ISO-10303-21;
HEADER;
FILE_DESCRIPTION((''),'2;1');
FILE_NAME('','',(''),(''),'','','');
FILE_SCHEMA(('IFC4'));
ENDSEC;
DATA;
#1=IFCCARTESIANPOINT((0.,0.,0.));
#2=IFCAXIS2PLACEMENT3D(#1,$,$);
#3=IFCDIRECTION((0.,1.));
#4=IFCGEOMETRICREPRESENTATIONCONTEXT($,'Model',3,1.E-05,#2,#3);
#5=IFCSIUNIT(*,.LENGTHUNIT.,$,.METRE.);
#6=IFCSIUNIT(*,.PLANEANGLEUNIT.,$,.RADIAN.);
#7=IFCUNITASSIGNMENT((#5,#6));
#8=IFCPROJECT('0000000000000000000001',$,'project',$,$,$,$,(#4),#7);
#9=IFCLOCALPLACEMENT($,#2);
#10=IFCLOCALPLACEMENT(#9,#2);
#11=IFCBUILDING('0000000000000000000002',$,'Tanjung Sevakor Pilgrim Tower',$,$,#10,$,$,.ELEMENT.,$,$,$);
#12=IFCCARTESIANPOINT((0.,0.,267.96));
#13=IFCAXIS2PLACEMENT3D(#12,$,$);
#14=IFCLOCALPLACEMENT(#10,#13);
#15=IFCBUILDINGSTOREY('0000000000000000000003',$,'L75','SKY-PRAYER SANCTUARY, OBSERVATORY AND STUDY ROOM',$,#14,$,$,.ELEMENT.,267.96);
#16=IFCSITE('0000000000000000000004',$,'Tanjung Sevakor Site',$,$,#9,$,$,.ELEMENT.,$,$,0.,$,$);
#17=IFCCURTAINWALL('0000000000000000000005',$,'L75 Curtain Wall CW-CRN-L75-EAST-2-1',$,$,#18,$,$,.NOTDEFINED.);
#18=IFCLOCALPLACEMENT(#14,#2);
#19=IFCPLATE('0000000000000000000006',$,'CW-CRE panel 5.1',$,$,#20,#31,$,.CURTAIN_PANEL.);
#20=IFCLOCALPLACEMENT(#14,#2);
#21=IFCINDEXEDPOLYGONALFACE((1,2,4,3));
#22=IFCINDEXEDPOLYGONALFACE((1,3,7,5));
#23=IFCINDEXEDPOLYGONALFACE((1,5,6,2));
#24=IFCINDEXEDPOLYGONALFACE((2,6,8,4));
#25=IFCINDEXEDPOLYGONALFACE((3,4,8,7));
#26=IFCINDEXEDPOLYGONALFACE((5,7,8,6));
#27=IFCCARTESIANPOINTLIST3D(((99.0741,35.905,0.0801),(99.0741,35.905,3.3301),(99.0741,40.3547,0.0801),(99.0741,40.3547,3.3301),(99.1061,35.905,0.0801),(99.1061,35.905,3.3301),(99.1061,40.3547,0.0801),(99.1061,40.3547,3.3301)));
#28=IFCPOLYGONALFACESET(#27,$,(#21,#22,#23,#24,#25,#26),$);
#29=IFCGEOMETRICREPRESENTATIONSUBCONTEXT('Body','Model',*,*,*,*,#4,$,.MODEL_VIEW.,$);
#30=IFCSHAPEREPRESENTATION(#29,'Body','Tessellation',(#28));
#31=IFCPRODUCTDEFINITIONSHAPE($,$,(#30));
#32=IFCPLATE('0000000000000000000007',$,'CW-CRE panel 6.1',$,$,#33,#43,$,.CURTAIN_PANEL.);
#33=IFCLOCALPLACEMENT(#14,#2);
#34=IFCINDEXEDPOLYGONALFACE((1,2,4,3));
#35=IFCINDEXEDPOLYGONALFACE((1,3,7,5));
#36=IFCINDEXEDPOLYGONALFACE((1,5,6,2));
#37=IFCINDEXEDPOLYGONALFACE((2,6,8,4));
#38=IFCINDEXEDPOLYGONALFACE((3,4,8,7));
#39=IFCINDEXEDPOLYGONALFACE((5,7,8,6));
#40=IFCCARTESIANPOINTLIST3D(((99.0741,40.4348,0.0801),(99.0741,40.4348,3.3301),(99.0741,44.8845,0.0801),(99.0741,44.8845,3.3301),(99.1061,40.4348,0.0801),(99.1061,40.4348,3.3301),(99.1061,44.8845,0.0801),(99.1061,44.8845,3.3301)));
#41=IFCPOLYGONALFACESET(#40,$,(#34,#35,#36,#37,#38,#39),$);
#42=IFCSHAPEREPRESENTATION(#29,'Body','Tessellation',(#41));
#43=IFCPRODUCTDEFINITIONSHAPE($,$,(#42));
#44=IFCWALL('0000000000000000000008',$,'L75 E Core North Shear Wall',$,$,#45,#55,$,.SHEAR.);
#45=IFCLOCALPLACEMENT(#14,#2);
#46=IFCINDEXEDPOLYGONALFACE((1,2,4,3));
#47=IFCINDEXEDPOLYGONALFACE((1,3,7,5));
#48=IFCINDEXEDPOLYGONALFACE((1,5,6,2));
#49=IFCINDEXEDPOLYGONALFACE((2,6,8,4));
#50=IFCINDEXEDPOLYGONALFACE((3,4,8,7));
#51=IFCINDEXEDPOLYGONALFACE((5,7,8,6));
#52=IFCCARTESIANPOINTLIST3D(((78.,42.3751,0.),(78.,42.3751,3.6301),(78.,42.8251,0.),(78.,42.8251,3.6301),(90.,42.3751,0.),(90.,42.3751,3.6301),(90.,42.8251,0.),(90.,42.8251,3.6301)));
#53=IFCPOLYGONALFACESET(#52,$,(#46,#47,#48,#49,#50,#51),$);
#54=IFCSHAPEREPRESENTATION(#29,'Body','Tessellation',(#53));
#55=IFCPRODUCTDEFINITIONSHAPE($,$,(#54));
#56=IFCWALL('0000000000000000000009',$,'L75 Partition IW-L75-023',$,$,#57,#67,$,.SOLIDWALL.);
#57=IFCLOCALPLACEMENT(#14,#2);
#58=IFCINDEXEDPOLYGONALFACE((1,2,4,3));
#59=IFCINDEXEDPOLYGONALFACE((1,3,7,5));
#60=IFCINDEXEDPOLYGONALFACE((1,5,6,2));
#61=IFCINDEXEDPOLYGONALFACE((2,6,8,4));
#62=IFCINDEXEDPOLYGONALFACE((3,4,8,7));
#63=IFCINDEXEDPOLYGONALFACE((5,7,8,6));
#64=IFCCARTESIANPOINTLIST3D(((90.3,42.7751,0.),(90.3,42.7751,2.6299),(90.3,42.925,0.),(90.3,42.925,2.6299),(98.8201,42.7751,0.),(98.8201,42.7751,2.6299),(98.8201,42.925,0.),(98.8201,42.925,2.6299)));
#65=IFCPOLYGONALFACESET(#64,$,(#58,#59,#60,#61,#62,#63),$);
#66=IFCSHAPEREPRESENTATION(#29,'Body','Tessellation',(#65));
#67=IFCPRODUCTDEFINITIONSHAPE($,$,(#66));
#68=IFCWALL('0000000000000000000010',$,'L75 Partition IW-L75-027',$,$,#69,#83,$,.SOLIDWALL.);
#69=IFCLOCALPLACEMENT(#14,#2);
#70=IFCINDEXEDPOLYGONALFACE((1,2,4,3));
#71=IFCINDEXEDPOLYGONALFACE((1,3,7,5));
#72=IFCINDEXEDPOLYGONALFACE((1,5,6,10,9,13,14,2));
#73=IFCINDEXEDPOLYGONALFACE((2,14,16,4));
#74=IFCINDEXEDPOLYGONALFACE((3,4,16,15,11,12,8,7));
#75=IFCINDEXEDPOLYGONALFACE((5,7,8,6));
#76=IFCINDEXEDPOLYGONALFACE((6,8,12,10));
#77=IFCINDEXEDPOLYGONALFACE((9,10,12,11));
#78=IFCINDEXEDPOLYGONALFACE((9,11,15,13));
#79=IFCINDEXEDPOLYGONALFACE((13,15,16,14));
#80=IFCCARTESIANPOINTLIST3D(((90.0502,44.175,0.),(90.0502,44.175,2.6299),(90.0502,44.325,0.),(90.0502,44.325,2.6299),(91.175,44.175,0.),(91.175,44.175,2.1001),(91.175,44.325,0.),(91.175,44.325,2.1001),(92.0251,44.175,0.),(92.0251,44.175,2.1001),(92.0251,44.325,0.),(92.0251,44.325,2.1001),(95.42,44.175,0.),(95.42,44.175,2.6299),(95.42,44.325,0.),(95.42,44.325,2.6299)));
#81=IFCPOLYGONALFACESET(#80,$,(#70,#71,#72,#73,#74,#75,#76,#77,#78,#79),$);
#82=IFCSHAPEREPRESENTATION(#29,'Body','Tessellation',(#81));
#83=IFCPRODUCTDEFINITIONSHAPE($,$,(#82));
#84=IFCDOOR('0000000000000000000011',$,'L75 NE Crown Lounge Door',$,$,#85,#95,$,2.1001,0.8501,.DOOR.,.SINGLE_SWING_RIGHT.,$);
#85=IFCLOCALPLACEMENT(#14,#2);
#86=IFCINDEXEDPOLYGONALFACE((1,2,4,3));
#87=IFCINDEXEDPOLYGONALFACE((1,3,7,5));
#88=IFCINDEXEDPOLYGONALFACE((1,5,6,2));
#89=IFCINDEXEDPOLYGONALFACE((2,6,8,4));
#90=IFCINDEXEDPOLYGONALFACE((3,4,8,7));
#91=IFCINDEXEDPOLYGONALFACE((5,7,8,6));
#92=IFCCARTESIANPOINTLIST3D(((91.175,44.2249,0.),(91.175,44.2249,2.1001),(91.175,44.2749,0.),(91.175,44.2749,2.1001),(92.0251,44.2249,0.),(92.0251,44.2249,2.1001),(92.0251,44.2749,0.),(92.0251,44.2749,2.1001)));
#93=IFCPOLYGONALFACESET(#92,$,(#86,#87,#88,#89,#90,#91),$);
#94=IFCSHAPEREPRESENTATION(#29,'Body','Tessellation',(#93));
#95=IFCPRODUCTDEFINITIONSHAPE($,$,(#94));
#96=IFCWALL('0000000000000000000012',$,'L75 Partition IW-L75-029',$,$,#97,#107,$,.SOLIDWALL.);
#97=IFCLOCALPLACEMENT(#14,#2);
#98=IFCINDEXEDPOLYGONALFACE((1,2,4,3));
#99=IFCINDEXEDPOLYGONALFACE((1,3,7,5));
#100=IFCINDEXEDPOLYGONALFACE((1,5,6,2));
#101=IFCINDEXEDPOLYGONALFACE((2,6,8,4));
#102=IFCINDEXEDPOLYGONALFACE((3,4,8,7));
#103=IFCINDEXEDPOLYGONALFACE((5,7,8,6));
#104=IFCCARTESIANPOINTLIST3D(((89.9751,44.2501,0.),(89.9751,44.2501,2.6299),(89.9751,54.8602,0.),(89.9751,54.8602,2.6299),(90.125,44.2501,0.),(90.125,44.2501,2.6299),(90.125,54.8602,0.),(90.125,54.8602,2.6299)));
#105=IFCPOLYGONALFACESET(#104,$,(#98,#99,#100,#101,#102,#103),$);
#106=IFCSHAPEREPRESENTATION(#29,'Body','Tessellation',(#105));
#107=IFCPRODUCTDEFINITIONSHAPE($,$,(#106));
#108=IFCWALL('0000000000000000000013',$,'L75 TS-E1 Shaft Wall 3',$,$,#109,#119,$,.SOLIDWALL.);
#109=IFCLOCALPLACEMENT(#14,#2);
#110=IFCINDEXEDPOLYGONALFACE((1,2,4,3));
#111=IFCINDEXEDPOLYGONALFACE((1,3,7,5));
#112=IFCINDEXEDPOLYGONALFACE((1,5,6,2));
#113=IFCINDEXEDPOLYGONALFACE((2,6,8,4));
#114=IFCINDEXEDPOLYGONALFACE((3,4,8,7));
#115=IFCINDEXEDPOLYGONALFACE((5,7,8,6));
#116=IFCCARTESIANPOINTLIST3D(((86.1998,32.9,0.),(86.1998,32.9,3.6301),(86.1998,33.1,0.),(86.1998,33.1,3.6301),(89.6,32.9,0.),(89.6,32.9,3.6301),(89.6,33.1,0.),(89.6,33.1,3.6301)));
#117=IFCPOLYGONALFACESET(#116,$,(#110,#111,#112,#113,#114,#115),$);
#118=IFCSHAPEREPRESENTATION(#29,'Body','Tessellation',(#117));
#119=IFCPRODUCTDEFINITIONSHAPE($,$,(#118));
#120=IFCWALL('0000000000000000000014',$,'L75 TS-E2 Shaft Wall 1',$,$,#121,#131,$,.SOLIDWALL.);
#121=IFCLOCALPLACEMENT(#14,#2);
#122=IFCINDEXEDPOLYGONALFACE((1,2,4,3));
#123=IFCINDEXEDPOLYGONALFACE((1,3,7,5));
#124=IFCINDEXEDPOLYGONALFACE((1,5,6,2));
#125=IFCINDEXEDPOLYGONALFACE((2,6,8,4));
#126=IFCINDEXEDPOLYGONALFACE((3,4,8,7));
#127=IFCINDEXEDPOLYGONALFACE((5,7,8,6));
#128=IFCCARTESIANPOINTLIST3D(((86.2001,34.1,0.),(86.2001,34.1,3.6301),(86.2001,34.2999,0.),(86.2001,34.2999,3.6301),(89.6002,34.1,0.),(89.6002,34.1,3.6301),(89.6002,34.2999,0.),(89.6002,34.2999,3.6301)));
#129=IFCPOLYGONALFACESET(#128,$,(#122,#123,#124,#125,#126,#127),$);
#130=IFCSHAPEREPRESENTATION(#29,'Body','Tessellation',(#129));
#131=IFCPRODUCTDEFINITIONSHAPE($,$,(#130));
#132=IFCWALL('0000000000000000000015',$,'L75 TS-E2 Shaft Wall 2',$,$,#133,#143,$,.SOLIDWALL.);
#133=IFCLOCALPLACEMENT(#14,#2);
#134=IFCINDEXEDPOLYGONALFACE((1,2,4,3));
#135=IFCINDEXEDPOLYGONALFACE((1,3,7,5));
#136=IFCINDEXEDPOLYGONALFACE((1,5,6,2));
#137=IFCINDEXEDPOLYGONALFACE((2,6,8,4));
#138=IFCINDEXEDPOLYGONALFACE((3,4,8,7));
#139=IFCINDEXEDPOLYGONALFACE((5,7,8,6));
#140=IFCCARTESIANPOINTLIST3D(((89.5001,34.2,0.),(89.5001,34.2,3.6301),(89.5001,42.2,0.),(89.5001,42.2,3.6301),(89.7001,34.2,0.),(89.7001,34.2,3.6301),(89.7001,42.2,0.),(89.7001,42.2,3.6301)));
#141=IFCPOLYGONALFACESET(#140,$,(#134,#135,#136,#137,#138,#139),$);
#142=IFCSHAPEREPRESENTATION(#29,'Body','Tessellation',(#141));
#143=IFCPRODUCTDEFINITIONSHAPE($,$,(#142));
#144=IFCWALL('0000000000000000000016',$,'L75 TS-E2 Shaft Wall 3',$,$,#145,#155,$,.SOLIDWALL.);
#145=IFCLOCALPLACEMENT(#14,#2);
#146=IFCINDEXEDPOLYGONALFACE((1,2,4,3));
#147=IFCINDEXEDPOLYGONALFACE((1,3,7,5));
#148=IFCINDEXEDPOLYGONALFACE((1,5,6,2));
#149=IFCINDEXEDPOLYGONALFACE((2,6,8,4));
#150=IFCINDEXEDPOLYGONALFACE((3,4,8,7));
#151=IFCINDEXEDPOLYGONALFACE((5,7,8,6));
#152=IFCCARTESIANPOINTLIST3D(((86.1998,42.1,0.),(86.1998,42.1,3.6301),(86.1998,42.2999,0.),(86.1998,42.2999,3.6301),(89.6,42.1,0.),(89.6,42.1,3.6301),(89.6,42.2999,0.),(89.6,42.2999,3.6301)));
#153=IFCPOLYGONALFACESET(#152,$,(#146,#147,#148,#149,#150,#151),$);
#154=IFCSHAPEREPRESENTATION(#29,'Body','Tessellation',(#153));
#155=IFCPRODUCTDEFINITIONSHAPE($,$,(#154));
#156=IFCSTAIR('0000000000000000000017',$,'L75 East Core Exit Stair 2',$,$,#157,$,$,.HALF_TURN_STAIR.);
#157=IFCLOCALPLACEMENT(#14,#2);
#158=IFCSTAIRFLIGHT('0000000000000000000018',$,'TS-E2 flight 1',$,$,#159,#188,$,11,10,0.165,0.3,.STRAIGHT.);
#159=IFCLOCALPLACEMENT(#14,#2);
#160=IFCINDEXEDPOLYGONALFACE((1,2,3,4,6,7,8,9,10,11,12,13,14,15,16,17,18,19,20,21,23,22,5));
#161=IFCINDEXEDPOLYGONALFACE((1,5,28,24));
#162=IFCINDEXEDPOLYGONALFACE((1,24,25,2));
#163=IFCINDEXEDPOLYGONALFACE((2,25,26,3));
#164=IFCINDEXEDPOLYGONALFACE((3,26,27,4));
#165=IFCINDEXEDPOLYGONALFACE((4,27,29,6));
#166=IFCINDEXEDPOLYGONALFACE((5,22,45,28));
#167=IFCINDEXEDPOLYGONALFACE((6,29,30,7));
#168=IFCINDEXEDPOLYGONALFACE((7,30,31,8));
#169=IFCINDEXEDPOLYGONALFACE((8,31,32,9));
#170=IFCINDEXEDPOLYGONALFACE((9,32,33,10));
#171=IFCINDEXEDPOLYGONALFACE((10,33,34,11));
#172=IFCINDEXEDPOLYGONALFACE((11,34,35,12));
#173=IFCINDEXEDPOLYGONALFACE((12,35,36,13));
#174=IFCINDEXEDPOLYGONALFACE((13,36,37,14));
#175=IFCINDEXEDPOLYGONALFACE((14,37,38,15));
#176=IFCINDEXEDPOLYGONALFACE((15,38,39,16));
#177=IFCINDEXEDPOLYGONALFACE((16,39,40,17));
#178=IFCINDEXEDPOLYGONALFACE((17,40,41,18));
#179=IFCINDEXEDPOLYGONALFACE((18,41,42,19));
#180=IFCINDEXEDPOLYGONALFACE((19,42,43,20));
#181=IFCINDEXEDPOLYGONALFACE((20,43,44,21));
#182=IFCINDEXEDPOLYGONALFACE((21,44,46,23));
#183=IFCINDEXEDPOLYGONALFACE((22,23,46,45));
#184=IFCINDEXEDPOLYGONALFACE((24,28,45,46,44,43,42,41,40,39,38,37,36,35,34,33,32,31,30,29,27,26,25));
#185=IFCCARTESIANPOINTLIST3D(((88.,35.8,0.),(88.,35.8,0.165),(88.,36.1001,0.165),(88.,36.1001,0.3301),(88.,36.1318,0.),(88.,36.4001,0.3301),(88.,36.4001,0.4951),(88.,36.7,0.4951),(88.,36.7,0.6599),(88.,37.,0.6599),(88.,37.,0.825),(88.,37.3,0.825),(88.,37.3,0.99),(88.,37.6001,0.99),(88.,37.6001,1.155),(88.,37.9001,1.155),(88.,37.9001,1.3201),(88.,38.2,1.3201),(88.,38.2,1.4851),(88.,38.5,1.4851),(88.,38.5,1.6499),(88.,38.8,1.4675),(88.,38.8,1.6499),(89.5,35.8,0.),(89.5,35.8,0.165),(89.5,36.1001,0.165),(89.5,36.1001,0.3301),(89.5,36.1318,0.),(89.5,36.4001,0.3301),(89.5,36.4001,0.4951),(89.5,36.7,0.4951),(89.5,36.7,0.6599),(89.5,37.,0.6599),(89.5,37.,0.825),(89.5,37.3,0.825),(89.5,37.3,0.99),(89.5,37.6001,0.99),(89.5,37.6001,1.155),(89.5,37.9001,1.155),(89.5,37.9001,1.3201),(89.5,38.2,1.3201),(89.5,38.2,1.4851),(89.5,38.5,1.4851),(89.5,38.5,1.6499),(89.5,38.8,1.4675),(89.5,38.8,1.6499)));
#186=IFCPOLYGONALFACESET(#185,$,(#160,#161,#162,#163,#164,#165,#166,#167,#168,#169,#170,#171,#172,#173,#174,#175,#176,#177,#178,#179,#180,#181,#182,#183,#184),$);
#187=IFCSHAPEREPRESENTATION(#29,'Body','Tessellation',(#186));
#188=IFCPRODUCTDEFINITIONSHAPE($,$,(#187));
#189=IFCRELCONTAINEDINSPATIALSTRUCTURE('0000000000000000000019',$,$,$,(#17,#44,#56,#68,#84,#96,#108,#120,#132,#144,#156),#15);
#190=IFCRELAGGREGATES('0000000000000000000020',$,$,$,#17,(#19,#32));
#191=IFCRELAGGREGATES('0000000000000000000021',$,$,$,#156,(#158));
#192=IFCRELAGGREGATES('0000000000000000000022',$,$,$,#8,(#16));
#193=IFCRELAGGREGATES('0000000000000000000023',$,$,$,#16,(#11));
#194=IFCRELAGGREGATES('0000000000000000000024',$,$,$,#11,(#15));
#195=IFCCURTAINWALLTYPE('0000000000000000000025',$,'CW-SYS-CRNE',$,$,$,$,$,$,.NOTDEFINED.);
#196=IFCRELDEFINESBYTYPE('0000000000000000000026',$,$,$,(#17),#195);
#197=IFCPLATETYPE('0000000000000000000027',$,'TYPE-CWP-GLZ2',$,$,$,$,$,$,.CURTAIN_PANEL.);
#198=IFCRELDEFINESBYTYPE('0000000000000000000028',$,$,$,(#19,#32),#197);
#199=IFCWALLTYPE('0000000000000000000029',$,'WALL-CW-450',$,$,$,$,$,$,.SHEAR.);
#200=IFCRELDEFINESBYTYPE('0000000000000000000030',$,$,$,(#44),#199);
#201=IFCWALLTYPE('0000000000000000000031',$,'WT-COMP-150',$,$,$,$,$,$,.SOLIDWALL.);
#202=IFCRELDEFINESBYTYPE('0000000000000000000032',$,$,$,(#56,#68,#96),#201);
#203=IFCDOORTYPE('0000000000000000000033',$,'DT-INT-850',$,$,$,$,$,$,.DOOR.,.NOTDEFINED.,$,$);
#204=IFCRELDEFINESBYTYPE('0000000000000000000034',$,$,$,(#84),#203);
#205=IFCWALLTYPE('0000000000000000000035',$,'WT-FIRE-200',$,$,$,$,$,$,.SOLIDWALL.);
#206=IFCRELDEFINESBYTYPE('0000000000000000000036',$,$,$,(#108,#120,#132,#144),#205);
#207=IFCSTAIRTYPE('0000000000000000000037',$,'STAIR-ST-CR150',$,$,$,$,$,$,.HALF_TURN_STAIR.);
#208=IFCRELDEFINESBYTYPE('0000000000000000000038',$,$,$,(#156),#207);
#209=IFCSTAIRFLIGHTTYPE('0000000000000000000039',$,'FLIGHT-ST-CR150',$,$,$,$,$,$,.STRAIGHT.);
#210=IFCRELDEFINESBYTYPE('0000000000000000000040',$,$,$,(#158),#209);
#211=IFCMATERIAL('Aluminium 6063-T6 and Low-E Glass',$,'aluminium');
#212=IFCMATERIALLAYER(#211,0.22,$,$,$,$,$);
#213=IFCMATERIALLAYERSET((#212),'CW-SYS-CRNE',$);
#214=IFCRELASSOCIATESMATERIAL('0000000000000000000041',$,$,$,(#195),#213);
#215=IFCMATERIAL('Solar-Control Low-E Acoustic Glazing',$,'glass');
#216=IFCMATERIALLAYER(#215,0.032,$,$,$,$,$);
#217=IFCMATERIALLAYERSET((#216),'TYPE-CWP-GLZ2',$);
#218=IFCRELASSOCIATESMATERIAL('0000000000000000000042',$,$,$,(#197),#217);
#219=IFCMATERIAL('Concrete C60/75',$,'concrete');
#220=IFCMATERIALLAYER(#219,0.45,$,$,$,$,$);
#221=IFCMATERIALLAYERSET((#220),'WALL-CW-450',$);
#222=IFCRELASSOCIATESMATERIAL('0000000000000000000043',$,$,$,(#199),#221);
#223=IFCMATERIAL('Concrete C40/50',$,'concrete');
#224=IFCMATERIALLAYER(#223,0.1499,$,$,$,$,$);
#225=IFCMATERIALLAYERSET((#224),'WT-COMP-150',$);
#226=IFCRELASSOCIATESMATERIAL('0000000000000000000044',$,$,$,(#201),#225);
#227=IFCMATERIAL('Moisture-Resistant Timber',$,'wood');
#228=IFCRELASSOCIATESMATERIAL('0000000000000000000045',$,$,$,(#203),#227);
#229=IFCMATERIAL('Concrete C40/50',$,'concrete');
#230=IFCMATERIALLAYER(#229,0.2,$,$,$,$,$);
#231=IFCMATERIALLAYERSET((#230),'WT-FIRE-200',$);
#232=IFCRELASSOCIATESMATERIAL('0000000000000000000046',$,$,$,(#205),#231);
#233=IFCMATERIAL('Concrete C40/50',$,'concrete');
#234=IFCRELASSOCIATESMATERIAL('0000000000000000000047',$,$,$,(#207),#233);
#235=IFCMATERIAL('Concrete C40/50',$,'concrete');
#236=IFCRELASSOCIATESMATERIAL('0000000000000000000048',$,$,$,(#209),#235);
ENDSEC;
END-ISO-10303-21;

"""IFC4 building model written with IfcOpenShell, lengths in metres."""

from ifc_helpers import new_model, si_unit, direction, frame, frame_2d, origin, origin_2d, place, context, subcontext, project, spatial, polyline, rectangle, outline, extrude, material, layer, layer_set, type_object, element, fill, aggregate, save


model = new_model("IFC4")

# Units and contexts
model_context = context("Model", 3, precision=1e-05, world=origin(), true_north=direction((0.0, 1.0)))
body_context = subcontext(model_context, "Body", "Model", "MODEL_VIEW")
ifc_project = project(units=[si_unit("LENGTHUNIT", "METRE"), si_unit("PLANEANGLEUNIT", "RADIAN")], contexts=[model_context])

# Site, building, storey
site_placement = place(None, origin())
site = spatial("IfcSite", under=ifc_project, at=site_placement, Name="Tanjung Sevakor Site", CompositionType="ELEMENT", RefElevation=0.0)
building_placement = place(site_placement, origin())
building = spatial("IfcBuilding", under=site, at=building_placement, Name="Tanjung Sevakor Pilgrim Tower", CompositionType="ELEMENT")
storey_placement = place(building_placement, frame((0.0, 0.0, 267.96)))
storey = spatial("IfcBuildingStorey", under=building, at=storey_placement, Name="L75", Description="SKY-PRAYER SANCTUARY, OBSERVATORY AND STUDY ROOM", CompositionType="ELEMENT", Elevation=267.96)

# Curtain wall, plates
ifc_material_1 = material(Name="Aluminium 6063-T6 and Low-E Glass", Category="aluminium")
ifc_layer_1 = layer(ifc_material_1, 0.22)
ifc_layer_set_1 = layer_set([ifc_layer_1], Name="CW-SYS-CRNE")
curtain_wall_type = type_object("IfcCurtainWallType", Name="CW-SYS-CRNE", PredefinedType="NOTDEFINED", material=ifc_layer_set_1)
curtain_wall_placement = place(storey_placement, origin())
curtain_wall = element("IfcCurtainWall", 1, at=curtain_wall_placement, inside=storey, type_object=curtain_wall_type, Name="L75 Curtain Wall CW-CRN-L75-EAST-2-1", PredefinedType="NOTDEFINED")
ifc_material_2 = material(Name="Solar-Control Low-E Acoustic Glazing", Category="glass")
ifc_layer_2 = layer(ifc_material_2, 0.032)
ifc_layer_set_2 = layer_set([ifc_layer_2], Name="TYPE-CWP-GLZ2")
plate_type = type_object("IfcPlateType", Name="TYPE-CWP-GLZ2", PredefinedType="CURTAIN_PANEL", material=ifc_layer_set_2)
plate_1_placement = place(storey_placement, frame((99.0901, 38.1299, 0.0801), z_axis=(0.0, 0.0, 1.0), x_axis=(0.0, 1.0, 0.0)))
plate_1 = element("IfcPlate", 2, at=plate_1_placement, type_object=plate_type, Name="CW-CRE panel 5.1", PredefinedType="CURTAIN_PANEL", context=body_context, shape_type="SweptSolid", body=[
    extrude(rectangle(XDim=4.4497, YDim=0.032, at=origin_2d()), origin(), (0.0, 0.0, 1.0), 3.25),
])
plate_2_placement = place(storey_placement, frame((99.0901, 42.6597, 0.0801), z_axis=(0.0, 0.0, 1.0), x_axis=(0.0, 1.0, 0.0)))
plate_2 = element("IfcPlate", 3, at=plate_2_placement, type_object=plate_type, Name="CW-CRE panel 6.1", PredefinedType="CURTAIN_PANEL", context=body_context, shape_type="SweptSolid", body=[
    extrude(rectangle(XDim=4.4497, YDim=0.032, at=origin_2d()), origin(), (0.0, 0.0, 1.0), 3.25),
])
aggregate(curtain_wall, [plate_1, plate_2])

# Walls
ifc_material_3 = material(Name="Concrete C60/75", Category="concrete")
ifc_layer_3 = layer(ifc_material_3, 0.45)
ifc_layer_set_3 = layer_set([ifc_layer_3], Name="WALL-CW-450")
wall_type_1 = type_object("IfcWallType", Name="WALL-CW-450", PredefinedType="SHEAR", material=ifc_layer_set_3)
wall_1_placement = place(storey_placement, frame((90.0, 42.6001, 0.0), z_axis=(0.0, 0.0, 1.0), x_axis=(-1.0, 0.0, 0.0)))
element("IfcWall", 4, at=wall_1_placement, inside=storey, type_object=wall_type_1, Name="L75 E Core North Shear Wall", PredefinedType="SHEAR", context=body_context, shape_type="SweptSolid", body=[
    extrude(rectangle(XDim=12.0, YDim=0.45, at=frame_2d((6.0, 0.0))), origin(), (0.0, 0.0, 1.0), 3.6301),
])
ifc_material_4 = material(Name="Concrete C40/50", Category="concrete")
ifc_layer_4 = layer(ifc_material_4, 0.1499)
ifc_layer_set_4 = layer_set([ifc_layer_4], Name="WT-COMP-150")
wall_type_2 = type_object("IfcWallType", Name="WT-COMP-150", PredefinedType="SOLIDWALL", material=ifc_layer_set_4)
wall_2_placement = place(storey_placement, frame((90.3, 42.8501, 0.0), z_axis=(0.0, 0.0, 1.0), x_axis=(1.0, 0.0, 0.0)))
element("IfcWall", 5, at=wall_2_placement, inside=storey, type_object=wall_type_2, Name="L75 Partition IW-L75-023", PredefinedType="SOLIDWALL", context=body_context, shape_type="SweptSolid", body=[
    extrude(rectangle(XDim=8.52, YDim=0.1499, at=frame_2d((4.26, 0.0))), origin(), (0.0, 0.0, 1.0), 2.6299),
])

# Wall, opening, door
wall_3_placement = place(storey_placement, frame((90.05, 44.25, 0.0), z_axis=(0.0, 0.0, 1.0), x_axis=(1.0, 0.0, 0.0)))
wall_3 = element("IfcWall", 6, at=wall_3_placement, inside=storey, type_object=wall_type_2, Name="L75 Partition IW-L75-027", PredefinedType="SOLIDWALL", context=body_context, shape_type="SweptSolid", body=[
    extrude(rectangle(XDim=5.3699, YDim=0.1499, at=frame_2d((2.6851, 0.0))), origin(), (0.0, 0.0, 1.0), 2.6299),
])
opening_placement = place(wall_3_placement, frame((1.125, 0.0, 0.0)))
opening = element("IfcOpeningElement", 7, at=opening_placement, cuts=wall_3, PredefinedType="OPENING", context=body_context, shape_type="SweptSolid", body=[
    extrude(rectangle(XDim=0.8501, YDim=2.1001, at=frame_2d((0.425, 1.05))), frame((0.0, 0.085, 0.0), z_axis=(0.0, -1.0, 0.0), x_axis=(1.0, 0.0, 0.0)), (0.0, 0.0, 1.0), 0.1699),
])
ifc_material_5 = material(Name="Moisture-Resistant Timber", Category="wood")
door_type = type_object("IfcDoorType", Name="DT-INT-850", OperationType="NOTDEFINED", PredefinedType="DOOR", material=ifc_material_5)
door_placement = place(opening_placement, origin())
door = element("IfcDoor", 8, at=door_placement, inside=storey, type_object=door_type, Name="L75 NE Crown Lounge Door", OperationType="SINGLE_SWING_RIGHT", OverallHeight=2.1001, OverallWidth=0.8501, PredefinedType="DOOR", context=body_context, shape_type="SweptSolid", body=[
    extrude(rectangle(XDim=0.8501, YDim=2.1001, at=frame_2d((0.425, 1.05))), frame((0.0, 0.0249, 0.0), z_axis=(0.0, -1.0, 0.0), x_axis=(1.0, 0.0, 0.0)), (0.0, 0.0, 1.0), 0.05),
])
fill(opening, door)

# Walls
wall_4_placement = place(storey_placement, frame((90.05, 44.25, 0.0), z_axis=(0.0, 0.0, 1.0), x_axis=(0.0, 1.0, 0.0)))
element("IfcWall", 9, at=wall_4_placement, inside=storey, type_object=wall_type_2, Name="L75 Partition IW-L75-029", PredefinedType="SOLIDWALL", context=body_context, shape_type="SweptSolid", body=[
    extrude(rectangle(XDim=10.6101, YDim=0.1499, at=frame_2d((5.3052, 0.0))), origin(), (0.0, 0.0, 1.0), 2.6299),
])
ifc_material_6 = material(Name="Concrete C40/50", Category="concrete")
ifc_layer_5 = layer(ifc_material_6, 0.2)
ifc_layer_set_5 = layer_set([ifc_layer_5], Name="WT-FIRE-200")
wall_type_3 = type_object("IfcWallType", Name="WT-FIRE-200", PredefinedType="SOLIDWALL", material=ifc_layer_set_5)
for number, where, z_axis, x_axis, name in (
    (10, (89.6001, 33.0, 0.0), (0.0, 0.0, 1.0), (-1.0, 0.0, 0.0), "L75 TS-E1 Shaft Wall 3"),
    (11, (86.2, 34.2, 0.0), (0.0, 0.0, 1.0), (1.0, 0.0, 0.0), "L75 TS-E2 Shaft Wall 1"),
):
    element("IfcWall", number, at=place(storey_placement, frame(where, z_axis=z_axis, x_axis=x_axis)), inside=storey, type_object=wall_type_3, Name=name, PredefinedType="SOLIDWALL", context=body_context, shape_type="SweptSolid", body=[
        extrude(rectangle(XDim=3.4001, YDim=0.2, at=frame_2d((1.7002, 0.0))), origin(), (0.0, 0.0, 1.0), 3.6301),
    ])
wall_5_placement = place(storey_placement, frame((89.6001, 34.2, 0.0), z_axis=(0.0, 0.0, 1.0), x_axis=(0.0, 1.0, 0.0)))
element("IfcWall", 12, at=wall_5_placement, inside=storey, type_object=wall_type_3, Name="L75 TS-E2 Shaft Wall 2", PredefinedType="SOLIDWALL", context=body_context, shape_type="SweptSolid", body=[
    extrude(rectangle(XDim=8.0, YDim=0.2, at=frame_2d((4.0, 0.0))), origin(), (0.0, 0.0, 1.0), 3.6301),
])
wall_6_placement = place(storey_placement, frame((89.6001, 42.2, 0.0), z_axis=(0.0, 0.0, 1.0), x_axis=(-1.0, 0.0, 0.0)))
element("IfcWall", 13, at=wall_6_placement, inside=storey, type_object=wall_type_3, Name="L75 TS-E2 Shaft Wall 3", PredefinedType="SOLIDWALL", context=body_context, shape_type="SweptSolid", body=[
    extrude(rectangle(XDim=3.4001, YDim=0.2, at=frame_2d((1.7002, 0.0))), origin(), (0.0, 0.0, 1.0), 3.6301),
])

# Stair, stair flight
ifc_material_7 = material(Name="Concrete C40/50", Category="concrete")
stair_type = type_object("IfcStairType", Name="STAIR-ST-CR150", PredefinedType="HALF_TURN_STAIR", material=ifc_material_7)
stair_placement = place(storey_placement, origin())
stair = element("IfcStair", 14, at=stair_placement, inside=storey, type_object=stair_type, Name="L75 East Core Exit Stair 2", PredefinedType="HALF_TURN_STAIR")
ifc_material_8 = material(Name="Concrete C40/50", Category="concrete")
stair_flight_type = type_object("IfcStairFlightType", Name="FLIGHT-ST-CR150", PredefinedType="STRAIGHT", material=ifc_material_8)
stair_flight_1_placement = place(storey_placement, frame((88.75, 35.8, 0.0), z_axis=(0.0, 0.0, 1.0), x_axis=(0.0, 1.0, 0.0)))
stair_flight_1 = element("IfcStairFlight", 15, at=stair_flight_1_placement, type_object=stair_flight_type, Name="TS-E2 flight 1", NumberOfRisers=11, NumberOfTreads=10, PredefinedType="STRAIGHT", RiserHeight=0.165, TreadLength=0.3, context=body_context, shape_type="SweptSolid", body=[
    extrude(outline(polyline([(0.0, 0.0), (0.0, 0.165), (0.3, 0.165), (0.3, 0.3301), (0.6001, 0.3301), (0.6001, 0.4951), (0.8999, 0.4951), (0.8999, 0.6599), (1.2, 0.6599), (1.2, 0.825), (1.5, 0.825), (1.5, 0.99), (1.8, 0.99), (1.8, 1.155), (2.1001, 1.155), (2.1001, 1.3201), (2.3999, 1.3201), (2.3999, 1.4851), (2.7, 1.4851), (2.7, 1.6499), (3.0, 1.6499), (3.0, 1.8149), (3.0, 1.4675), (0.3318, 0.0), (0.0, 0.0)])), frame((0.0, 0.75, 0.0), z_axis=(0.0, -1.0, 0.0), x_axis=(1.0, 0.0, 0.0)), (0.0, 0.0, 1.0), 1.5),
])
aggregate(stair, [stair_flight_1])

save(model, "model.ifc")
